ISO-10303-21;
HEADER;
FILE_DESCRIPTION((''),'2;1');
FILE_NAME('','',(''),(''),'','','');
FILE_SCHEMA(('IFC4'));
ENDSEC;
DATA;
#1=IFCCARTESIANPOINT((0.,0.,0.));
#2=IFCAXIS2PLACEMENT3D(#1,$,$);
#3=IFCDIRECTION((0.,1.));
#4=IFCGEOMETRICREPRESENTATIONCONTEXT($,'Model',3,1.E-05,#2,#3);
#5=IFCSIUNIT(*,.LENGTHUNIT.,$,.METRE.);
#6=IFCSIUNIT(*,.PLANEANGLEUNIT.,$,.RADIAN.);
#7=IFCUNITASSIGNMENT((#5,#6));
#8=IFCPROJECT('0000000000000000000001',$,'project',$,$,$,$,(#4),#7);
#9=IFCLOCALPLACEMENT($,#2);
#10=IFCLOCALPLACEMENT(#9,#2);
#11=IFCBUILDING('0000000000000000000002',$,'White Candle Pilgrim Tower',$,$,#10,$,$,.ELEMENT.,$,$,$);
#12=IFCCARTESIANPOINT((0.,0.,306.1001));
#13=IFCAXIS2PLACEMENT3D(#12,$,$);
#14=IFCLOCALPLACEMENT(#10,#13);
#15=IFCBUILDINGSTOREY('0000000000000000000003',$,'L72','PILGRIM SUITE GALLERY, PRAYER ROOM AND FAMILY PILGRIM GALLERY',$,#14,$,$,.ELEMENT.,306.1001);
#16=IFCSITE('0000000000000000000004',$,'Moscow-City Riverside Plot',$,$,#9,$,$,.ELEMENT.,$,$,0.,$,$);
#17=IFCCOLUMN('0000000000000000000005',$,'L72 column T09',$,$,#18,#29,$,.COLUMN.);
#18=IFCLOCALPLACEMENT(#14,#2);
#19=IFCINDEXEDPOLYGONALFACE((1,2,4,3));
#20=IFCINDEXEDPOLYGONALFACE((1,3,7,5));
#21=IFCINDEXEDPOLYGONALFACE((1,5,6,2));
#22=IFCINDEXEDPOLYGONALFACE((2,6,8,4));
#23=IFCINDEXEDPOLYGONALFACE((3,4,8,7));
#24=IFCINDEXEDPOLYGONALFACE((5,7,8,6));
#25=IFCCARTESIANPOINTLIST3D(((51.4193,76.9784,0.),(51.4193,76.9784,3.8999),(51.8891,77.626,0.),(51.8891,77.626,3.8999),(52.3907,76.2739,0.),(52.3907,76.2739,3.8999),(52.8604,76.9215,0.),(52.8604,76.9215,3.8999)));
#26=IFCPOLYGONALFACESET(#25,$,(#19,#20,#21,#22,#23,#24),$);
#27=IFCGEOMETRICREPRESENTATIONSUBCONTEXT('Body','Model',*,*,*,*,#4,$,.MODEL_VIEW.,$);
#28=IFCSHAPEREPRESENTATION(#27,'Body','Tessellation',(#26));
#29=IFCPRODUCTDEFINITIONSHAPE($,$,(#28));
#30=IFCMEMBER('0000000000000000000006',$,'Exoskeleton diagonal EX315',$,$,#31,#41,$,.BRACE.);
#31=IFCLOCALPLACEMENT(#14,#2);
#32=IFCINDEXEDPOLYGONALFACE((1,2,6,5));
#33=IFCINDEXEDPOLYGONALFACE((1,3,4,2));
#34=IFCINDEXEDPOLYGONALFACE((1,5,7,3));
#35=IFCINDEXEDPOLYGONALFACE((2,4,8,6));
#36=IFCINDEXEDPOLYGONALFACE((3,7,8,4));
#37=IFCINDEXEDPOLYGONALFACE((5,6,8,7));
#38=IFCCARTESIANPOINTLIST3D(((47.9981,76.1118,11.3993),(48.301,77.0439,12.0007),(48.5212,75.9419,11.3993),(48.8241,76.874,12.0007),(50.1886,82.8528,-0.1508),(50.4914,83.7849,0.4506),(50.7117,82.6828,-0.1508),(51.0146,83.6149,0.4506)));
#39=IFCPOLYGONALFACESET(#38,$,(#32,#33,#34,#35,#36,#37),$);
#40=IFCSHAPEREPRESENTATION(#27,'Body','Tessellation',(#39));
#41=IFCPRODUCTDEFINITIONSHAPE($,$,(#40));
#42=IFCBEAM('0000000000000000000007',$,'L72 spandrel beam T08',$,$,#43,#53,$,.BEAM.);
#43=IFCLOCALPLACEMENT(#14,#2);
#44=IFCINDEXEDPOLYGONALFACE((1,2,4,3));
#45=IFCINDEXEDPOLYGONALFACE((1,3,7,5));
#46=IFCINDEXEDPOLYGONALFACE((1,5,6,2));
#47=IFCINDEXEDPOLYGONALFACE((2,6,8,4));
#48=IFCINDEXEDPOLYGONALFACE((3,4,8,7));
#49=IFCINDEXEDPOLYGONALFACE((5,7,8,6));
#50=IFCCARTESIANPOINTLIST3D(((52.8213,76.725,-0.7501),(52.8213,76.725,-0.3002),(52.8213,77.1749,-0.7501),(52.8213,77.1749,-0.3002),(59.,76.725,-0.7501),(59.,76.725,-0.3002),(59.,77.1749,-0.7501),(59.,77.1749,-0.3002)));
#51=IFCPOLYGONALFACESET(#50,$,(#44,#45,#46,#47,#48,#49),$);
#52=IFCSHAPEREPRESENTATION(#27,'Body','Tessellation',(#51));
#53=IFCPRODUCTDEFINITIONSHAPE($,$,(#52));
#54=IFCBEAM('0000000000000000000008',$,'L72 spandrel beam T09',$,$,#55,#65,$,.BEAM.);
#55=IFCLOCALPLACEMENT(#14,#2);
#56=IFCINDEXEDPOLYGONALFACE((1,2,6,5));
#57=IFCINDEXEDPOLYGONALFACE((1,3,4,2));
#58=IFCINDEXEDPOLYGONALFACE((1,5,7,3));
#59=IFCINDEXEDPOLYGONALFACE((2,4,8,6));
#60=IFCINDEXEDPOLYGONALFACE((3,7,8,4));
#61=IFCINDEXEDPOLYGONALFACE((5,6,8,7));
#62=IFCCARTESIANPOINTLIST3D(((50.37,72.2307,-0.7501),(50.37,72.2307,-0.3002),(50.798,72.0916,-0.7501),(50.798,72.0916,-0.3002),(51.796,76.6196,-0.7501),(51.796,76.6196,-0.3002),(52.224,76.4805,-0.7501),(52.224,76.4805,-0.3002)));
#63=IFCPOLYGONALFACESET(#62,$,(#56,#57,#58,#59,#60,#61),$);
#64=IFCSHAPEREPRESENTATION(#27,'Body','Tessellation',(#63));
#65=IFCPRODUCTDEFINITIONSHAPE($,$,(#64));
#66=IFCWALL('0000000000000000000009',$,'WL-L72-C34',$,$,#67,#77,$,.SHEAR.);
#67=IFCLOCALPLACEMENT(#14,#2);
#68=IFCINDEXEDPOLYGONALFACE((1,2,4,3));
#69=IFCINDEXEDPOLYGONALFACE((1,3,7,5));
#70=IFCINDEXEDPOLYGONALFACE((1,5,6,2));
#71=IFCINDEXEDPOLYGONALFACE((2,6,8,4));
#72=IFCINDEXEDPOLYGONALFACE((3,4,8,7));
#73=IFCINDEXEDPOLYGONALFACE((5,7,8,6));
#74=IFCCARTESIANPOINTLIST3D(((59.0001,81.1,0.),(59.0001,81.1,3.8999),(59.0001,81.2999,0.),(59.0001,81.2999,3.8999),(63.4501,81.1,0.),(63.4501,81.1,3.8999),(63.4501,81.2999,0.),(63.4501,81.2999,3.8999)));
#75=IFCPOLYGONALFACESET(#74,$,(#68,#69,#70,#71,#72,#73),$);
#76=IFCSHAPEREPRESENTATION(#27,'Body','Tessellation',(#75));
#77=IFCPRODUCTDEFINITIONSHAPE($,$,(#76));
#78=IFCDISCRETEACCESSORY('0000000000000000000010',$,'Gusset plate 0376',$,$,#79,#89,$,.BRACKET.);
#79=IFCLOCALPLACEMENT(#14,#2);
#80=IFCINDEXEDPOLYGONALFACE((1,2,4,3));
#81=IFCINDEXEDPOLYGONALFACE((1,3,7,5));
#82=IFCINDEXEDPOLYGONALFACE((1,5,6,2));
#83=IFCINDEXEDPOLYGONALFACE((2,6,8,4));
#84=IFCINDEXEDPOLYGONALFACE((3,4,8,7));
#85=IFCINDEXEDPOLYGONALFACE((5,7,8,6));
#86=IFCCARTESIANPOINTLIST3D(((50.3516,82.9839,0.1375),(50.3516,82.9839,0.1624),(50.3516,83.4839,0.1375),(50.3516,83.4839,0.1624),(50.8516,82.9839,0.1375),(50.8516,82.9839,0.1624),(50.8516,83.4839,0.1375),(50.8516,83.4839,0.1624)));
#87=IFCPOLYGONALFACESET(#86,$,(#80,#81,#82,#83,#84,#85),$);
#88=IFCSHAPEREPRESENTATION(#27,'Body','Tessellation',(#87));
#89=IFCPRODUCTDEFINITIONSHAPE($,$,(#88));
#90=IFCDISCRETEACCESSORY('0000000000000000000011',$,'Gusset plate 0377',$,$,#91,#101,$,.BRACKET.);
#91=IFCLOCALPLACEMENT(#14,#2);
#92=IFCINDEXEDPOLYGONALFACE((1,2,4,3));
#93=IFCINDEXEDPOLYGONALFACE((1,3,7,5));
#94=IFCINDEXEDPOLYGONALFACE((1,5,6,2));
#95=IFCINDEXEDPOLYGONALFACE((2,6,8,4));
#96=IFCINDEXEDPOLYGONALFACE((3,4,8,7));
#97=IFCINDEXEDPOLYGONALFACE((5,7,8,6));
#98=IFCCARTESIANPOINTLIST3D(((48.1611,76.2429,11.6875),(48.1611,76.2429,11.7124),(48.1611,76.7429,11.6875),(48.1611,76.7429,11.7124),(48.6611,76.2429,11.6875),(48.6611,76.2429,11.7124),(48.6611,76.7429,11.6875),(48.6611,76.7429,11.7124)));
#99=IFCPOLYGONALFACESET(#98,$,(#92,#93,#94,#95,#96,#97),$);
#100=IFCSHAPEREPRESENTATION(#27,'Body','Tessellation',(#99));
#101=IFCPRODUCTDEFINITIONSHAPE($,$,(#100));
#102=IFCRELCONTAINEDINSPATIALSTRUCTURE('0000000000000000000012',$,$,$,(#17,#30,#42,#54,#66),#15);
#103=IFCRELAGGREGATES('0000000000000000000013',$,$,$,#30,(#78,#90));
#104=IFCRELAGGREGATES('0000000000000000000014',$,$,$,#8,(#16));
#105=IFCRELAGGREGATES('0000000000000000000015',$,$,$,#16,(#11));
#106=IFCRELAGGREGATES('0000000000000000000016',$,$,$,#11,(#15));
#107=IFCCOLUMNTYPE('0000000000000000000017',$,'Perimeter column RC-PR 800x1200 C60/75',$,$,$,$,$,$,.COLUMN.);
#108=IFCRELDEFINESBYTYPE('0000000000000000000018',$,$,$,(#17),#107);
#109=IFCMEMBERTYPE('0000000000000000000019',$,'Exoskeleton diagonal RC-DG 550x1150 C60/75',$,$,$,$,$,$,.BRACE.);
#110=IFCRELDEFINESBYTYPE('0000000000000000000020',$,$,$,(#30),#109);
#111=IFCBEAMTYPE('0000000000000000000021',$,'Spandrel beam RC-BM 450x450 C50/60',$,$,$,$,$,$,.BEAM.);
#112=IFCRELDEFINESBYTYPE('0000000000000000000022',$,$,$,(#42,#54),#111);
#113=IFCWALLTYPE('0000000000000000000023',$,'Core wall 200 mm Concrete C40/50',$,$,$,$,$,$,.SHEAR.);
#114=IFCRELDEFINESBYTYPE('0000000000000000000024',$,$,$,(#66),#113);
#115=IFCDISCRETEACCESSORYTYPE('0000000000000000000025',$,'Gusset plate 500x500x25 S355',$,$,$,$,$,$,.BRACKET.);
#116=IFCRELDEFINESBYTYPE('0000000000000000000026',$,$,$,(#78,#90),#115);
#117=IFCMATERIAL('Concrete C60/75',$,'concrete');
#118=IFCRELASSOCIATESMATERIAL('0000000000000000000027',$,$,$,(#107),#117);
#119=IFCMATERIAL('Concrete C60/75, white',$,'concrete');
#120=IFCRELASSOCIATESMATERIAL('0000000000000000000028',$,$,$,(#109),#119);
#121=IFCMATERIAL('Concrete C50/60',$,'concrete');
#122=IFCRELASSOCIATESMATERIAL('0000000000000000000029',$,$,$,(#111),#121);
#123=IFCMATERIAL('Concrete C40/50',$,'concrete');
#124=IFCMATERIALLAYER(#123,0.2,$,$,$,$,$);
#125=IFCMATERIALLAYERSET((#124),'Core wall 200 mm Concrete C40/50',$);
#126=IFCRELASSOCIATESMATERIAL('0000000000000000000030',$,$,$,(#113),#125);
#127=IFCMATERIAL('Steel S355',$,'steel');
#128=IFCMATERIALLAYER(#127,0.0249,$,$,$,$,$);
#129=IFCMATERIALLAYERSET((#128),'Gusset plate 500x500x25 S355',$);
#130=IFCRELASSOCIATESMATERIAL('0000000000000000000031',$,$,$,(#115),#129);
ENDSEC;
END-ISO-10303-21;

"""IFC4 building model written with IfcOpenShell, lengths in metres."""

from ifc_helpers import new_model, si_unit, direction, frame, frame_2d, origin, origin_2d, place, context, subcontext, project, spatial, rectangle, extrude, material, layer, layer_set, material_profile, profile_set, type_object, element, aggregate, save


model = new_model("IFC4")

# Units and contexts
model_context = context("Model", 3, precision=1e-05, world=origin(), true_north=direction((0.0, 1.0)))
body_context = subcontext(model_context, "Body", "Model", "MODEL_VIEW")
ifc_project = project(units=[si_unit("LENGTHUNIT", "METRE"), si_unit("PLANEANGLEUNIT", "RADIAN")], contexts=[model_context])

# Site, building, storey
site_placement = place(None, origin())
site = spatial("IfcSite", under=ifc_project, at=site_placement, Name="Moscow-City Riverside Plot", CompositionType="ELEMENT", RefElevation=0.0)
building_placement = place(site_placement, origin())
building = spatial("IfcBuilding", under=site, at=building_placement, Name="White Candle Pilgrim Tower", CompositionType="ELEMENT")
storey_placement = place(building_placement, frame((0.0, 0.0, 306.1001)))
storey = spatial("IfcBuildingStorey", under=building, at=storey_placement, Name="L72", Description="PILGRIM SUITE GALLERY, PRAYER ROOM AND FAMILY PILGRIM GALLERY", CompositionType="ELEMENT", Elevation=306.1001)

# Column
ifc_material_1 = material(Name="Concrete C60/75", Category="concrete")
ifc_material_profile_1 = material_profile(ifc_material_1, rectangle(XDim=0.8, YDim=1.2, at=origin_2d()), Name="RC-PR 800x1200")
ifc_profile_set_1 = profile_set([ifc_material_profile_1], Name="Concrete C60/75")
column_type = type_object("IfcColumnType", Name="Perimeter column RC-PR 800x1200 C60/75", PredefinedType="COLUMN", material=ifc_profile_set_1)
column_placement = place(storey_placement, frame((52.1399, 76.95, 0.0), z_axis=(0.0, 0.0, 1.0), x_axis=(0.587107, 0.809509, 0.0)))
element("IfcColumn", 1, at=column_placement, inside=storey, type_object=column_type, Name="L72 column T09", PredefinedType="COLUMN", context=body_context, shape_type="SweptSolid", body=[
    extrude(rectangle(XDim=0.8, YDim=1.2, at=origin_2d()), origin(), (0.0, 0.0, 1.0), 3.8999),
])

# Member
ifc_material_2 = material(Name="Concrete C60/75, white", Category="concrete")
ifc_material_profile_2 = material_profile(ifc_material_2, rectangle(XDim=0.55, YDim=1.1499, at=origin_2d()), Name="RC-DG 550x1150")
ifc_profile_set_2 = profile_set([ifc_material_profile_2], Name="Concrete C60/75, white")
member_type = type_object("IfcMemberType", Name="Exoskeleton diagonal RC-DG 550x1150 C60/75", PredefinedType="BRACE", material=ifc_profile_set_2)
member_placement = place(storey_placement, frame((50.6016, 83.2339, 0.1499), z_axis=(-0.161638, -0.497434, 0.85231), x_axis=(0.95105, -0.309037, 0.0)))
member = element("IfcMember", 2, at=member_placement, inside=storey, type_object=member_type, Name="Exoskeleton diagonal EX315", PredefinedType="BRACE", context=body_context, shape_type="SweptSolid", body=[
    extrude(rectangle(XDim=0.55, YDim=1.1499, at=origin_2d()), origin(), (0.0, 0.0, 1.0), 13.5515),
])

# Beams
ifc_material_3 = material(Name="Concrete C50/60", Category="concrete")
ifc_material_profile_3 = material_profile(ifc_material_3, rectangle(XDim=0.45, YDim=0.45, at=origin_2d()), Name="RC-BM 450x450")
ifc_profile_set_3 = profile_set([ifc_material_profile_3], Name="Concrete C50/60")
beam_type = type_object("IfcBeamType", Name="Spandrel beam RC-BM 450x450 C50/60", PredefinedType="BEAM", material=ifc_profile_set_3)
beam_1_placement = place(storey_placement, frame((52.8213, 76.95, -0.5251), z_axis=(1.0, 0.0, 0.0), x_axis=(0.0, 1.0, 0.0)))
element("IfcBeam", 3, at=beam_1_placement, inside=storey, type_object=beam_type, Name="L72 spandrel beam T08", PredefinedType="BEAM", context=body_context, shape_type="SweptSolid", body=[
    extrude(rectangle(XDim=0.45, YDim=0.45, at=origin_2d()), origin(), (0.0, 0.0, 1.0), 6.1787),
])
beam_2_placement = place(storey_placement, frame((52.01, 76.55, -0.5251), z_axis=(-0.309013, -0.951058, 0.0), x_axis=(0.951058, -0.309013, 0.0)))
element("IfcBeam", 4, at=beam_2_placement, inside=storey, type_object=beam_type, Name="L72 spandrel beam T09", PredefinedType="BEAM", context=body_context, shape_type="SweptSolid", body=[
    extrude(rectangle(XDim=0.45, YDim=0.45, at=origin_2d()), origin(), (0.0, 0.0, 1.0), 4.6147),
])

# Wall
ifc_material_4 = material(Name="Concrete C40/50", Category="concrete")
ifc_layer_1 = layer(ifc_material_4, 0.2)
ifc_layer_set_1 = layer_set([ifc_layer_1], Name="Core wall 200 mm Concrete C40/50")
wall_type_1 = type_object("IfcWallType", Name="Core wall 200 mm Concrete C40/50", PredefinedType="SHEAR", material=ifc_layer_set_1)
wall_1_placement = place(storey_placement, frame((59.0, 81.2, 0.0), z_axis=(0.0, 0.0, 1.0), x_axis=(1.0, 0.0, 0.0)))
element("IfcWall", 5, at=wall_1_placement, inside=storey, type_object=wall_type_1, Name="WL-L72-C34", PredefinedType="SHEAR", context=body_context, shape_type="SweptSolid", body=[
    extrude(rectangle(XDim=4.45, YDim=0.2, at=frame_2d((2.2251, 0.0))), origin(), (0.0, 0.0, 1.0), 3.8999),
])

# Discrete accessories
ifc_material_5 = material(Name="Steel S355", Category="steel")
ifc_layer_2 = layer(ifc_material_5, 0.0249)
ifc_layer_set_2 = layer_set([ifc_layer_2], Name="Gusset plate 500x500x25 S355")
discrete_accessory_type = type_object("IfcDiscreteAccessoryType", Name="Gusset plate 500x500x25 S355", PredefinedType="BRACKET", material=ifc_layer_set_2)
discrete_accessory_1_placement = place(storey_placement, frame((50.6016, 83.2339, 0.1375), z_axis=(0.0, 0.0, 1.0), x_axis=(1.0, 0.0, 0.0)))
discrete_accessory_1 = element("IfcDiscreteAccessory", 6, at=discrete_accessory_1_placement, type_object=discrete_accessory_type, Name="Gusset plate 0376", PredefinedType="BRACKET", context=body_context, shape_type="SweptSolid", body=[
    extrude(rectangle(XDim=0.5, YDim=0.5, at=origin_2d()), origin(), (0.0, 0.0, 1.0), 0.0249),
])
placement = place(building_placement, frame((0.0, 0.0, 317.8)))
discrete_accessory_2_placement = place(placement, frame((48.4111, 76.4929, -0.0125), z_axis=(0.0, 0.0, 1.0), x_axis=(1.0, 0.0, 0.0)))
discrete_accessory_2 = element("IfcDiscreteAccessory", 7, at=discrete_accessory_2_placement, type_object=discrete_accessory_type, Name="Gusset plate 0377", PredefinedType="BRACKET", context=body_context, shape_type="SweptSolid", body=[
    extrude(rectangle(XDim=0.5, YDim=0.5, at=origin_2d()), origin(), (0.0, 0.0, 1.0), 0.0249),
])
aggregate(member, [discrete_accessory_1, discrete_accessory_2])

save(model, "model.ifc")
